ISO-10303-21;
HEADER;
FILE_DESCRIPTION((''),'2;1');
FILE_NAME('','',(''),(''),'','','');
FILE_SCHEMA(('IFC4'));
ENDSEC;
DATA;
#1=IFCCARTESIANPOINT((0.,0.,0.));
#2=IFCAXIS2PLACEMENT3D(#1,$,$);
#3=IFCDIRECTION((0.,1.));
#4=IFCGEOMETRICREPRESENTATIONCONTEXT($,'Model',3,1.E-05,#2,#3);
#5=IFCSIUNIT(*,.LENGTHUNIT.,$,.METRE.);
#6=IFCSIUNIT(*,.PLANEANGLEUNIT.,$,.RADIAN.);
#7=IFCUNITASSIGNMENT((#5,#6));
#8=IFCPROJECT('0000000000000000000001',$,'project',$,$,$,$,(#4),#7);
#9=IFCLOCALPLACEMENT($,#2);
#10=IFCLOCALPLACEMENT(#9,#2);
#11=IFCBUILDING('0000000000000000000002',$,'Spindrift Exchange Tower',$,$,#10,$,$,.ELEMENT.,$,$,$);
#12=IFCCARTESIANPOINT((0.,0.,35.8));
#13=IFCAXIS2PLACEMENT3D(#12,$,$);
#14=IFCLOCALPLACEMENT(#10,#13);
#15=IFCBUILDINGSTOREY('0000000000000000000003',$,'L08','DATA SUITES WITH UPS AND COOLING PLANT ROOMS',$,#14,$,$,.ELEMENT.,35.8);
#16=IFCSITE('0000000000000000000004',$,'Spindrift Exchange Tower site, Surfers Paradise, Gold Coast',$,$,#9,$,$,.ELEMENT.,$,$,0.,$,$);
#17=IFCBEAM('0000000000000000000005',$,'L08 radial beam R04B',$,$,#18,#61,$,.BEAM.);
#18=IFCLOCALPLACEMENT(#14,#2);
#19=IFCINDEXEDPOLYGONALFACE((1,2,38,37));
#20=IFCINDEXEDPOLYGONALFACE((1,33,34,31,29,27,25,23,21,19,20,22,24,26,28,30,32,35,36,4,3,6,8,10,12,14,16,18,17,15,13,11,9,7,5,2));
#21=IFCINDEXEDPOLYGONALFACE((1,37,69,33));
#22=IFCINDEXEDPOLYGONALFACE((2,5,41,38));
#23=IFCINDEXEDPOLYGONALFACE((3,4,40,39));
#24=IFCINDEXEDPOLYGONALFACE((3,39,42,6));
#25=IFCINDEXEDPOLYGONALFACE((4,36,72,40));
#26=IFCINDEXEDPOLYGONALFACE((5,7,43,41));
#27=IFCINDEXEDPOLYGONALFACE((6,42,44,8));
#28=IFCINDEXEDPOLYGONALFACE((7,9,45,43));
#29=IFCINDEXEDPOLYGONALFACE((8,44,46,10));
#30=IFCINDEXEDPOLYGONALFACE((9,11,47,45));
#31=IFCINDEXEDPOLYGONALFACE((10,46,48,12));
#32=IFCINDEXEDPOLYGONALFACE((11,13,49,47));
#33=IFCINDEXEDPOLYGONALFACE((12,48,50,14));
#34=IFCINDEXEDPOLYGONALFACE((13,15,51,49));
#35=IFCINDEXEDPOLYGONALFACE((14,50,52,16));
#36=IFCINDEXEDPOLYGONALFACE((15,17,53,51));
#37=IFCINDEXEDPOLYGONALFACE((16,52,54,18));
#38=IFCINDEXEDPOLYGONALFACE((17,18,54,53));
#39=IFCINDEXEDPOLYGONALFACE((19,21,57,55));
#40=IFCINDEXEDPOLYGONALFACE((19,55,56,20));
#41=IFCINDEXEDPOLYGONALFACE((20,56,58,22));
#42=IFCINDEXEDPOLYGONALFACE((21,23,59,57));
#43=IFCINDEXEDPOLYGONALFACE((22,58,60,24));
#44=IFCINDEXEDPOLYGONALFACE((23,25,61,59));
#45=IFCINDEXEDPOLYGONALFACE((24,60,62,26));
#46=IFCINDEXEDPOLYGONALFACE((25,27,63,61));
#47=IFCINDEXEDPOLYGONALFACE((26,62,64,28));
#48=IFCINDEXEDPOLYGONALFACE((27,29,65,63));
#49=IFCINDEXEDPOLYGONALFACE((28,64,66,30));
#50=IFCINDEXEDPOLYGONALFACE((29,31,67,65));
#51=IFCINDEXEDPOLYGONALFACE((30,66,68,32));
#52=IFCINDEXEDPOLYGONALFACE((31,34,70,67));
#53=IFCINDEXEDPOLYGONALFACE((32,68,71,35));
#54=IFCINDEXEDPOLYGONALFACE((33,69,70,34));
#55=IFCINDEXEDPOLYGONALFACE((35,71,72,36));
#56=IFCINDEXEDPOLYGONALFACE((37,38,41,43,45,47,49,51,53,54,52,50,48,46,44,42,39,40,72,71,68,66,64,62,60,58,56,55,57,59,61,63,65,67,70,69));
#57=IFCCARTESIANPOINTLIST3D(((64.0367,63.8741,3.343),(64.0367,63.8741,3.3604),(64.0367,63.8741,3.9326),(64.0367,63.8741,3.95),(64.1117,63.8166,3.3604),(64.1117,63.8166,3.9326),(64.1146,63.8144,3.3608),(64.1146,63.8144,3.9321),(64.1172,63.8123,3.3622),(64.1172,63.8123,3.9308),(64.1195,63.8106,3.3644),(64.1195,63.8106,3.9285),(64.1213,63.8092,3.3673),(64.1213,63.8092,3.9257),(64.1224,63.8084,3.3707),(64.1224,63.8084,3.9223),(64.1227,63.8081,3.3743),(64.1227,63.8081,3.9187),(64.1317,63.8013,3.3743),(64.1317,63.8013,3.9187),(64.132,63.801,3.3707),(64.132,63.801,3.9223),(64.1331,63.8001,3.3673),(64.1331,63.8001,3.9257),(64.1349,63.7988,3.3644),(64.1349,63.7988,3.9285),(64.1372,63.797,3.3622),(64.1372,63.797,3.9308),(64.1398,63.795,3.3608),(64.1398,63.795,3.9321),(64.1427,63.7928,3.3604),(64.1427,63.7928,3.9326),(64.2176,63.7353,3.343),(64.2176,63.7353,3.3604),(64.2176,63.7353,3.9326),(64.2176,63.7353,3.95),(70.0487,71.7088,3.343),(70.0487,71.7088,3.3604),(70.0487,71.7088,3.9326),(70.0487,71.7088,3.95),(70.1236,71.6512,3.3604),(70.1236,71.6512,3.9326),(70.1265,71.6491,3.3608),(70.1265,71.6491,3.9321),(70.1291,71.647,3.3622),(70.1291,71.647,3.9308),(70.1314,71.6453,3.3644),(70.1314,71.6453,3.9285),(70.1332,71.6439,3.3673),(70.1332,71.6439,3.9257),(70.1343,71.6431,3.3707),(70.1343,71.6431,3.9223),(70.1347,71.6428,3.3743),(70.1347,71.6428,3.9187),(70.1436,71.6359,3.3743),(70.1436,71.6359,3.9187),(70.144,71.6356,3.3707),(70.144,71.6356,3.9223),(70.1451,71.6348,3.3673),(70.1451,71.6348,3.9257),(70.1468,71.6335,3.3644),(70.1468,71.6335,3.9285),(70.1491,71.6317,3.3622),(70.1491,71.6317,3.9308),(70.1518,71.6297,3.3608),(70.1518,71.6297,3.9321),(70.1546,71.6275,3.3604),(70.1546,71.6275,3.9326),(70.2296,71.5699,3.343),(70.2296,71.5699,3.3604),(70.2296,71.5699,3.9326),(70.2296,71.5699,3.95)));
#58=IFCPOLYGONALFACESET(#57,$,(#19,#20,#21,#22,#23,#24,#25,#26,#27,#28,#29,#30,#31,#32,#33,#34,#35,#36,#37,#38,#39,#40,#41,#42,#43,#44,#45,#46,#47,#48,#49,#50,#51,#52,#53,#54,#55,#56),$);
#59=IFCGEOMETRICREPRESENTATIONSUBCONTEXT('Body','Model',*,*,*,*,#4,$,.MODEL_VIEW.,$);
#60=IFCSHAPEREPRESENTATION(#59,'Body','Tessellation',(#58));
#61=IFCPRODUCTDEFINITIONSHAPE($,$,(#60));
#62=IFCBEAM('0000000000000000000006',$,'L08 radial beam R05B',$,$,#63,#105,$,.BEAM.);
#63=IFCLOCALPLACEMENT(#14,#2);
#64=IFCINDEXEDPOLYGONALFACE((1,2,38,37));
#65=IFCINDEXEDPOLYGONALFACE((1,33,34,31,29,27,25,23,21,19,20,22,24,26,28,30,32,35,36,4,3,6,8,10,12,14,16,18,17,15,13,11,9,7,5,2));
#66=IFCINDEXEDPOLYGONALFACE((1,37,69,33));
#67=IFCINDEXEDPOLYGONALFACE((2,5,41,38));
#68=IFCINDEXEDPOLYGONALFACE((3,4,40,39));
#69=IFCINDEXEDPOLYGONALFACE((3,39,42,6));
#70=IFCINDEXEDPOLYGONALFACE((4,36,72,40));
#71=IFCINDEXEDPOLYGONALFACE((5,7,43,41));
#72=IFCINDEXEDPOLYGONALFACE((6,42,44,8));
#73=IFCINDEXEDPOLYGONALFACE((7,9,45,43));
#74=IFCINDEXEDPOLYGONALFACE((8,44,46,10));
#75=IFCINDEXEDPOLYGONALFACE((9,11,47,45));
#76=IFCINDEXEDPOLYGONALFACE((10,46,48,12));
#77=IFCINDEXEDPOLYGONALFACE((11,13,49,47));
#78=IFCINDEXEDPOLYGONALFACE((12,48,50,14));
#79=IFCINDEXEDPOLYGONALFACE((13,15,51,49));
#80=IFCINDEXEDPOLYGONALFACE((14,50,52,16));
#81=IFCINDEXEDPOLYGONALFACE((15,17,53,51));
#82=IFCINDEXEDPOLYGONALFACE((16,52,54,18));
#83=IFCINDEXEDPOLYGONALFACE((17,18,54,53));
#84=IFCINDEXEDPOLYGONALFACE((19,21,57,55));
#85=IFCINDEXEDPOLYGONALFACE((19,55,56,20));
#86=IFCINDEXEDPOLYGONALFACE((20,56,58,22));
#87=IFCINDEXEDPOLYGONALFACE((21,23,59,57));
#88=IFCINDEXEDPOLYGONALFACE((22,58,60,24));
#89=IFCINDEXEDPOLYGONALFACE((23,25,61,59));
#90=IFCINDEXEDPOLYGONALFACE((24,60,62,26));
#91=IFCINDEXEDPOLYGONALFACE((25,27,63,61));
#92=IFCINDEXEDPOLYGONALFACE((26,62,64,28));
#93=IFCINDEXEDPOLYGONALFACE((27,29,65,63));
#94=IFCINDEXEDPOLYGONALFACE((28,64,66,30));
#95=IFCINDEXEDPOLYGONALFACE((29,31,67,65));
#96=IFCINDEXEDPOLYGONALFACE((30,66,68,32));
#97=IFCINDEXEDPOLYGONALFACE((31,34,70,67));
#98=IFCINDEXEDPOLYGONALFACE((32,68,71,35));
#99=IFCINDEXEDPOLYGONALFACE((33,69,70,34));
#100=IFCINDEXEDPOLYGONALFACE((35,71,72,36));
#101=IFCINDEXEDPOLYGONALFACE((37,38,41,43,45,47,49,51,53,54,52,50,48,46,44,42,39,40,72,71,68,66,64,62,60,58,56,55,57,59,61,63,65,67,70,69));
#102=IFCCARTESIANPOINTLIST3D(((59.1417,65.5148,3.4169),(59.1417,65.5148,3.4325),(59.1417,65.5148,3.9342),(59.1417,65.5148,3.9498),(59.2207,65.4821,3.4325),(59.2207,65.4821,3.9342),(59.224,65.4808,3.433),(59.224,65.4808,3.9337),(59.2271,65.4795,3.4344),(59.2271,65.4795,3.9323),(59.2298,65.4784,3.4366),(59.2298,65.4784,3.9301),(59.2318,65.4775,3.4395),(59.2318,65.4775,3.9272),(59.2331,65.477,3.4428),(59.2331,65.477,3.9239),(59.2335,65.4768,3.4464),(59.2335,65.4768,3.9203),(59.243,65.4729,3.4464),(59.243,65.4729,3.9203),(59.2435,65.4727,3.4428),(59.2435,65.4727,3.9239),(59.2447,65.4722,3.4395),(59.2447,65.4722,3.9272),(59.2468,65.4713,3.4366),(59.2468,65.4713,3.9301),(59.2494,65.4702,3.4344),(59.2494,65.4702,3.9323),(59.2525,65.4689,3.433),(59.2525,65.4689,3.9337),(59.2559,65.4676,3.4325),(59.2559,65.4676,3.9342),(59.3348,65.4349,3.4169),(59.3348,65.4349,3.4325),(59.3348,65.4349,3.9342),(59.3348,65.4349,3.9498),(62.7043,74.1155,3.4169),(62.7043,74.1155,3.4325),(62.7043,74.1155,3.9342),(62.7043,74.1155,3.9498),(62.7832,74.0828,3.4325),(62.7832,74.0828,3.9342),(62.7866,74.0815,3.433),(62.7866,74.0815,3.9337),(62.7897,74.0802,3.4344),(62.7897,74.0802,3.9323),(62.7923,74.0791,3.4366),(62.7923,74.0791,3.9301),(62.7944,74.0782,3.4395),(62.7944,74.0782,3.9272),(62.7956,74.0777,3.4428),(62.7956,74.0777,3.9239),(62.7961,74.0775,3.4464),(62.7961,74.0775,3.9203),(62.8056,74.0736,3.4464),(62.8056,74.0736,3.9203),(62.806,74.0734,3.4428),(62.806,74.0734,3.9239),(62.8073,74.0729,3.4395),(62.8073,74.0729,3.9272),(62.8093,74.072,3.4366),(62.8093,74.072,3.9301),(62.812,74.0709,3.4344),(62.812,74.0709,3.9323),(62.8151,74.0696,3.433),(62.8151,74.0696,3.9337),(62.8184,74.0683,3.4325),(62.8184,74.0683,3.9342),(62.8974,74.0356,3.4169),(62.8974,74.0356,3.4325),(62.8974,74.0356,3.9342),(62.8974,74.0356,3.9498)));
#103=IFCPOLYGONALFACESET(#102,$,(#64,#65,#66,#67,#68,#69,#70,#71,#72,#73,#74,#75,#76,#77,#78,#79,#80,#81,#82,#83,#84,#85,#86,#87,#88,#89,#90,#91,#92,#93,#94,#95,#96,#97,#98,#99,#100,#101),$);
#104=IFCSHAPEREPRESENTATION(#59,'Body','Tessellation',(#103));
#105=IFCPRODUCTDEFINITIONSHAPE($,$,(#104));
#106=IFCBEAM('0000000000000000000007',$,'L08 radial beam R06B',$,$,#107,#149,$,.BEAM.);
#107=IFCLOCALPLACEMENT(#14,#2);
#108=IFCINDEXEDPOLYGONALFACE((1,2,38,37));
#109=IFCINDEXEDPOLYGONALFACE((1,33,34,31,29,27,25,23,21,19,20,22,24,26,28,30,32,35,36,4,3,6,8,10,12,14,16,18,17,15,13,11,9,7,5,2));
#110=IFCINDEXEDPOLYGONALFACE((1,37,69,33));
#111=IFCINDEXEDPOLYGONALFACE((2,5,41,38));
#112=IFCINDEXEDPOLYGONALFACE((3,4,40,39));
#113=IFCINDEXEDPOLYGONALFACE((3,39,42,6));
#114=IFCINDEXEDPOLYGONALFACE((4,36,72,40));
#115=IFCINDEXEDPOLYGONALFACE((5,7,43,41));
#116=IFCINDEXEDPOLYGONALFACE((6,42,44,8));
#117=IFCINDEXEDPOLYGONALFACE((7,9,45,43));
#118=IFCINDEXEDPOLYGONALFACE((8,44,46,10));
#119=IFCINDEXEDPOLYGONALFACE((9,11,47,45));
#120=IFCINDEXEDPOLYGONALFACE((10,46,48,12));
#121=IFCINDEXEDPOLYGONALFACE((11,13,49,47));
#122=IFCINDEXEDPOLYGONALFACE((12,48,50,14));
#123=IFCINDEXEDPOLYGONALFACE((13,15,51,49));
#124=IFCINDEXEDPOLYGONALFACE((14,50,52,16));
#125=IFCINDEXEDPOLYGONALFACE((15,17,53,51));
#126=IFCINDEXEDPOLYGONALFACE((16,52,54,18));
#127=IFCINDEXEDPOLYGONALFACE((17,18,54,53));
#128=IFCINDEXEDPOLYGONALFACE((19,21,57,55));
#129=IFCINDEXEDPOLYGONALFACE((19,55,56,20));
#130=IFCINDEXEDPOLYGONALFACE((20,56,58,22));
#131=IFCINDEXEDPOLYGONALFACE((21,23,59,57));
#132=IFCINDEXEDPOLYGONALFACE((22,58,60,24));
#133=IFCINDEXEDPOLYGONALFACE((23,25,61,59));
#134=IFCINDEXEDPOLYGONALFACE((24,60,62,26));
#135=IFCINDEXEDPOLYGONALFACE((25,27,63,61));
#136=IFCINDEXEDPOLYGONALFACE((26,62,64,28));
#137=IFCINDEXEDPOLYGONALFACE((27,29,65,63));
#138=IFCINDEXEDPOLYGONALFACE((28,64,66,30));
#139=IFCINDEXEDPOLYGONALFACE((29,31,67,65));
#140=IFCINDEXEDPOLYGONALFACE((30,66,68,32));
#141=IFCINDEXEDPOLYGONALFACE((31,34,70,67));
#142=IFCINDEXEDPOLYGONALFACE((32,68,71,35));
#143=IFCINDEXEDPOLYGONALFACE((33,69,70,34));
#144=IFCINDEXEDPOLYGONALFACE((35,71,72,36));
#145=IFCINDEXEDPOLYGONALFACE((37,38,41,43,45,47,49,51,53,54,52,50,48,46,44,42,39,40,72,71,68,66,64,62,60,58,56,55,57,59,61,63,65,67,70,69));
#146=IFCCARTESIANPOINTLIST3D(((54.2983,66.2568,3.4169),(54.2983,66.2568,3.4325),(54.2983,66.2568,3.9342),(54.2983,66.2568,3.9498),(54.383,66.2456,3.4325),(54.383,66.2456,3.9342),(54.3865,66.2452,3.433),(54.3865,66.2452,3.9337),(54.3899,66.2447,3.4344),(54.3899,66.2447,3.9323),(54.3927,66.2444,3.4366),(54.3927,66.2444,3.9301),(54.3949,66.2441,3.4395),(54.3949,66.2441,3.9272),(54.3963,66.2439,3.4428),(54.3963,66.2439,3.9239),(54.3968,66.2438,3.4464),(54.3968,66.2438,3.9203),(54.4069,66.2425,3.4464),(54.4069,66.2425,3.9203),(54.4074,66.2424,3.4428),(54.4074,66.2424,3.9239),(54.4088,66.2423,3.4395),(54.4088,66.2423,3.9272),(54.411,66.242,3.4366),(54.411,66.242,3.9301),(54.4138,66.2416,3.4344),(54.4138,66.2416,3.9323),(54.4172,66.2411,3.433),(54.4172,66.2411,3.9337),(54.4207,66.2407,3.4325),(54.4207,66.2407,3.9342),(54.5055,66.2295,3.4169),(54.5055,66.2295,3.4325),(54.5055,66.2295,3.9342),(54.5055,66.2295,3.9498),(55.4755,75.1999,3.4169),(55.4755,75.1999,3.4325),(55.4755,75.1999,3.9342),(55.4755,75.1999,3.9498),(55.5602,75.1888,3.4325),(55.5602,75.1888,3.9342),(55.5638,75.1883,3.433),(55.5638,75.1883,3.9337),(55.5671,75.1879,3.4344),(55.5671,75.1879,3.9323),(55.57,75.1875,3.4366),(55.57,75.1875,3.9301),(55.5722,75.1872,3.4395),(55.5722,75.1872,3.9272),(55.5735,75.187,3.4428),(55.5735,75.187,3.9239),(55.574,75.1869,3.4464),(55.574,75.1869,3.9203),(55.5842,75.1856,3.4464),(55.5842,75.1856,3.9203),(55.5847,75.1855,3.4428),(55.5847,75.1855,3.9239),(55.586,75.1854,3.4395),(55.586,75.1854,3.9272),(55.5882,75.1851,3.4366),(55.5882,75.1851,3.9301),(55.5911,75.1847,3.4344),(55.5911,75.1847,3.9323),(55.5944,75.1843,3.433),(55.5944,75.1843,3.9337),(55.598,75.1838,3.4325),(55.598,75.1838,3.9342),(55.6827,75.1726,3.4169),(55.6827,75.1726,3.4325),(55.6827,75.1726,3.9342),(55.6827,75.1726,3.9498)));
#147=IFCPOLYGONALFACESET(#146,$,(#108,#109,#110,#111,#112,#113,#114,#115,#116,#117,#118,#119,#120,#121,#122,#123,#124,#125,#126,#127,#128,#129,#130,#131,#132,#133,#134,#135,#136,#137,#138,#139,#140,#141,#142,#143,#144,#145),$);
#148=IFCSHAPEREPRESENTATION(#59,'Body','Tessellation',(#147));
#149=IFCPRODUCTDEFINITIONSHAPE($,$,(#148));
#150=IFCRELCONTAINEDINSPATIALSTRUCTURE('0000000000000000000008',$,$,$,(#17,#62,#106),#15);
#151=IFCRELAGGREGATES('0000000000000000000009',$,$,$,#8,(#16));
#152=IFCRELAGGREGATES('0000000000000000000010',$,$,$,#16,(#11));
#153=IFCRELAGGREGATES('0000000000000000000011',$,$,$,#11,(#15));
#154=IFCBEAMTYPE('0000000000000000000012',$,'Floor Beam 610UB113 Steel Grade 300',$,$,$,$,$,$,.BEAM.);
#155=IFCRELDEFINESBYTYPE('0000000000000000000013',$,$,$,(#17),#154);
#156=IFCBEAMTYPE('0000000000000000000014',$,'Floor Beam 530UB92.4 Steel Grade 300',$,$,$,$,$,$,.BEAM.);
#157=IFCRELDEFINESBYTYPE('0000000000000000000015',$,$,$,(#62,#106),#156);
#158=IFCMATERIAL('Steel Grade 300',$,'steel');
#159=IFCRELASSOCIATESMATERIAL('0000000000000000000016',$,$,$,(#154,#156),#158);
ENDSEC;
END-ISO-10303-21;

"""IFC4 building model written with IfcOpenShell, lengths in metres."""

from ifc_helpers import new_model, si_unit, direction, frame, origin, origin_2d, place, context, subcontext, project, spatial, i_section, extrude, source, transform, mapped, material, material_profile, profile_set, type_object, element, save


model = new_model("IFC4")

# Units and contexts
model_context = context("Model", 3, precision=1e-05, world=origin(), true_north=direction((0.0, 1.0)))
body_context = subcontext(model_context, "Body", "Model", "MODEL_VIEW")
ifc_project = project(units=[si_unit("LENGTHUNIT", "METRE"), si_unit("PLANEANGLEUNIT", "RADIAN")], contexts=[model_context])

# Site, building, storey
site_placement = place(None, origin())
site = spatial("IfcSite", under=ifc_project, at=site_placement, Name="Spindrift Exchange Tower site, Surfers Paradise, Gold Coast", CompositionType="ELEMENT", RefElevation=0.0)
building_placement = place(site_placement, origin())
building = spatial("IfcBuilding", under=site, at=building_placement, Name="Spindrift Exchange Tower", CompositionType="ELEMENT")
storey_placement = place(building_placement, frame((0.0, 0.0, 35.8)))
storey = spatial("IfcBuildingStorey", under=building, at=storey_placement, Name="L08", Description="DATA SUITES WITH UPS AND COOLING PLANT ROOMS", CompositionType="ELEMENT", Elevation=35.8)

# Beams
ifc_material_1 = material(Name="Steel Grade 300", Category="steel")
ifc_material_profile_1 = material_profile(ifc_material_1, i_section(OverallWidth=0.228, OverallDepth=0.6069, WebThickness=0.0112, FlangeThickness=0.0173, FilletRadius=0.0139, at=origin_2d()), Name="610UB113")
ifc_profile_set_1 = profile_set([ifc_material_profile_1], Name="Steel Grade 300")
beam_type_1 = type_object("IfcBeamType", Name="Floor Beam 610UB113 Steel Grade 300", PredefinedType="BEAM", material=ifc_profile_set_1)
shared_shape_1 = source(origin(), body_context, "Body", "SweptSolid", [
    extrude(i_section(OverallWidth=0.228, OverallDepth=0.6069, WebThickness=0.0112, FlangeThickness=0.0173, FilletRadius=0.0139, at=origin_2d()), origin(), (0.0, 0.0, 1.0), 9.8755),
])
beam_1_placement = place(storey_placement, frame((64.1272, 63.8047, 3.6465), z_axis=(0.608772, 0.793345, 0.0), x_axis=(-0.793345, 0.608772, 0.0)))
element("IfcBeam", 1, at=beam_1_placement, inside=storey, type_object=beam_type_1, Name="L08 radial beam R04B", PredefinedType="BEAM", context=body_context, shape_type="MappedRepresentation", body=[
    mapped(shared_shape_1, transform((0.0, 0.0, 0.0), scale=1.0)),
])
ifc_material_profile_2 = material_profile(ifc_material_1, i_section(OverallWidth=0.209, OverallDepth=0.533, WebThickness=0.0103, FlangeThickness=0.0156, FilletRadius=0.0139, at=origin_2d()), Name="530UB92.4")
ifc_profile_set_2 = profile_set([ifc_material_profile_2], Name="Steel Grade 300")
beam_type_2 = type_object("IfcBeamType", Name="Floor Beam 530UB92.4 Steel Grade 300", PredefinedType="BEAM", material=ifc_profile_set_2)
shared_shape_2 = source(origin(), body_context, "Body", "SweptSolid", [
    extrude(i_section(OverallWidth=0.209, OverallDepth=0.533, WebThickness=0.0103, FlangeThickness=0.0156, FilletRadius=0.0139, at=origin_2d()), origin(), (0.0, 0.0, 1.0), 9.3093),
])
beam_2_placement = place(storey_placement, frame((59.2383, 65.4749, 3.6833), z_axis=(0.382685, 0.923879, 0.0), x_axis=(-0.923879, 0.382685, 0.0)))
element("IfcBeam", 2, at=beam_2_placement, inside=storey, type_object=beam_type_2, Name="L08 radial beam R05B", PredefinedType="BEAM", context=body_context, shape_type="MappedRepresentation", body=[
    mapped(shared_shape_2, transform((0.0, 0.0, 0.0), scale=1.0)),
])
shared_shape_3 = source(origin(), body_context, "Body", "SweptSolid", [
    extrude(i_section(OverallWidth=0.209, OverallDepth=0.533, WebThickness=0.0103, FlangeThickness=0.0156, FilletRadius=0.0139, at=origin_2d()), origin(), (0.0, 0.0, 1.0), 9.0203),
])
beam_3_placement = place(storey_placement, frame((54.4019, 66.2432, 3.6833), z_axis=(0.130511, 0.991447, 0.0), x_axis=(-0.991447, 0.130511, 0.0)))
element("IfcBeam", 3, at=beam_3_placement, inside=storey, type_object=beam_type_2, Name="L08 radial beam R06B", PredefinedType="BEAM", context=body_context, shape_type="MappedRepresentation", body=[
    mapped(shared_shape_3, transform((0.0, 0.0, 0.0), scale=1.0)),
])

save(model, "model.ifc")
